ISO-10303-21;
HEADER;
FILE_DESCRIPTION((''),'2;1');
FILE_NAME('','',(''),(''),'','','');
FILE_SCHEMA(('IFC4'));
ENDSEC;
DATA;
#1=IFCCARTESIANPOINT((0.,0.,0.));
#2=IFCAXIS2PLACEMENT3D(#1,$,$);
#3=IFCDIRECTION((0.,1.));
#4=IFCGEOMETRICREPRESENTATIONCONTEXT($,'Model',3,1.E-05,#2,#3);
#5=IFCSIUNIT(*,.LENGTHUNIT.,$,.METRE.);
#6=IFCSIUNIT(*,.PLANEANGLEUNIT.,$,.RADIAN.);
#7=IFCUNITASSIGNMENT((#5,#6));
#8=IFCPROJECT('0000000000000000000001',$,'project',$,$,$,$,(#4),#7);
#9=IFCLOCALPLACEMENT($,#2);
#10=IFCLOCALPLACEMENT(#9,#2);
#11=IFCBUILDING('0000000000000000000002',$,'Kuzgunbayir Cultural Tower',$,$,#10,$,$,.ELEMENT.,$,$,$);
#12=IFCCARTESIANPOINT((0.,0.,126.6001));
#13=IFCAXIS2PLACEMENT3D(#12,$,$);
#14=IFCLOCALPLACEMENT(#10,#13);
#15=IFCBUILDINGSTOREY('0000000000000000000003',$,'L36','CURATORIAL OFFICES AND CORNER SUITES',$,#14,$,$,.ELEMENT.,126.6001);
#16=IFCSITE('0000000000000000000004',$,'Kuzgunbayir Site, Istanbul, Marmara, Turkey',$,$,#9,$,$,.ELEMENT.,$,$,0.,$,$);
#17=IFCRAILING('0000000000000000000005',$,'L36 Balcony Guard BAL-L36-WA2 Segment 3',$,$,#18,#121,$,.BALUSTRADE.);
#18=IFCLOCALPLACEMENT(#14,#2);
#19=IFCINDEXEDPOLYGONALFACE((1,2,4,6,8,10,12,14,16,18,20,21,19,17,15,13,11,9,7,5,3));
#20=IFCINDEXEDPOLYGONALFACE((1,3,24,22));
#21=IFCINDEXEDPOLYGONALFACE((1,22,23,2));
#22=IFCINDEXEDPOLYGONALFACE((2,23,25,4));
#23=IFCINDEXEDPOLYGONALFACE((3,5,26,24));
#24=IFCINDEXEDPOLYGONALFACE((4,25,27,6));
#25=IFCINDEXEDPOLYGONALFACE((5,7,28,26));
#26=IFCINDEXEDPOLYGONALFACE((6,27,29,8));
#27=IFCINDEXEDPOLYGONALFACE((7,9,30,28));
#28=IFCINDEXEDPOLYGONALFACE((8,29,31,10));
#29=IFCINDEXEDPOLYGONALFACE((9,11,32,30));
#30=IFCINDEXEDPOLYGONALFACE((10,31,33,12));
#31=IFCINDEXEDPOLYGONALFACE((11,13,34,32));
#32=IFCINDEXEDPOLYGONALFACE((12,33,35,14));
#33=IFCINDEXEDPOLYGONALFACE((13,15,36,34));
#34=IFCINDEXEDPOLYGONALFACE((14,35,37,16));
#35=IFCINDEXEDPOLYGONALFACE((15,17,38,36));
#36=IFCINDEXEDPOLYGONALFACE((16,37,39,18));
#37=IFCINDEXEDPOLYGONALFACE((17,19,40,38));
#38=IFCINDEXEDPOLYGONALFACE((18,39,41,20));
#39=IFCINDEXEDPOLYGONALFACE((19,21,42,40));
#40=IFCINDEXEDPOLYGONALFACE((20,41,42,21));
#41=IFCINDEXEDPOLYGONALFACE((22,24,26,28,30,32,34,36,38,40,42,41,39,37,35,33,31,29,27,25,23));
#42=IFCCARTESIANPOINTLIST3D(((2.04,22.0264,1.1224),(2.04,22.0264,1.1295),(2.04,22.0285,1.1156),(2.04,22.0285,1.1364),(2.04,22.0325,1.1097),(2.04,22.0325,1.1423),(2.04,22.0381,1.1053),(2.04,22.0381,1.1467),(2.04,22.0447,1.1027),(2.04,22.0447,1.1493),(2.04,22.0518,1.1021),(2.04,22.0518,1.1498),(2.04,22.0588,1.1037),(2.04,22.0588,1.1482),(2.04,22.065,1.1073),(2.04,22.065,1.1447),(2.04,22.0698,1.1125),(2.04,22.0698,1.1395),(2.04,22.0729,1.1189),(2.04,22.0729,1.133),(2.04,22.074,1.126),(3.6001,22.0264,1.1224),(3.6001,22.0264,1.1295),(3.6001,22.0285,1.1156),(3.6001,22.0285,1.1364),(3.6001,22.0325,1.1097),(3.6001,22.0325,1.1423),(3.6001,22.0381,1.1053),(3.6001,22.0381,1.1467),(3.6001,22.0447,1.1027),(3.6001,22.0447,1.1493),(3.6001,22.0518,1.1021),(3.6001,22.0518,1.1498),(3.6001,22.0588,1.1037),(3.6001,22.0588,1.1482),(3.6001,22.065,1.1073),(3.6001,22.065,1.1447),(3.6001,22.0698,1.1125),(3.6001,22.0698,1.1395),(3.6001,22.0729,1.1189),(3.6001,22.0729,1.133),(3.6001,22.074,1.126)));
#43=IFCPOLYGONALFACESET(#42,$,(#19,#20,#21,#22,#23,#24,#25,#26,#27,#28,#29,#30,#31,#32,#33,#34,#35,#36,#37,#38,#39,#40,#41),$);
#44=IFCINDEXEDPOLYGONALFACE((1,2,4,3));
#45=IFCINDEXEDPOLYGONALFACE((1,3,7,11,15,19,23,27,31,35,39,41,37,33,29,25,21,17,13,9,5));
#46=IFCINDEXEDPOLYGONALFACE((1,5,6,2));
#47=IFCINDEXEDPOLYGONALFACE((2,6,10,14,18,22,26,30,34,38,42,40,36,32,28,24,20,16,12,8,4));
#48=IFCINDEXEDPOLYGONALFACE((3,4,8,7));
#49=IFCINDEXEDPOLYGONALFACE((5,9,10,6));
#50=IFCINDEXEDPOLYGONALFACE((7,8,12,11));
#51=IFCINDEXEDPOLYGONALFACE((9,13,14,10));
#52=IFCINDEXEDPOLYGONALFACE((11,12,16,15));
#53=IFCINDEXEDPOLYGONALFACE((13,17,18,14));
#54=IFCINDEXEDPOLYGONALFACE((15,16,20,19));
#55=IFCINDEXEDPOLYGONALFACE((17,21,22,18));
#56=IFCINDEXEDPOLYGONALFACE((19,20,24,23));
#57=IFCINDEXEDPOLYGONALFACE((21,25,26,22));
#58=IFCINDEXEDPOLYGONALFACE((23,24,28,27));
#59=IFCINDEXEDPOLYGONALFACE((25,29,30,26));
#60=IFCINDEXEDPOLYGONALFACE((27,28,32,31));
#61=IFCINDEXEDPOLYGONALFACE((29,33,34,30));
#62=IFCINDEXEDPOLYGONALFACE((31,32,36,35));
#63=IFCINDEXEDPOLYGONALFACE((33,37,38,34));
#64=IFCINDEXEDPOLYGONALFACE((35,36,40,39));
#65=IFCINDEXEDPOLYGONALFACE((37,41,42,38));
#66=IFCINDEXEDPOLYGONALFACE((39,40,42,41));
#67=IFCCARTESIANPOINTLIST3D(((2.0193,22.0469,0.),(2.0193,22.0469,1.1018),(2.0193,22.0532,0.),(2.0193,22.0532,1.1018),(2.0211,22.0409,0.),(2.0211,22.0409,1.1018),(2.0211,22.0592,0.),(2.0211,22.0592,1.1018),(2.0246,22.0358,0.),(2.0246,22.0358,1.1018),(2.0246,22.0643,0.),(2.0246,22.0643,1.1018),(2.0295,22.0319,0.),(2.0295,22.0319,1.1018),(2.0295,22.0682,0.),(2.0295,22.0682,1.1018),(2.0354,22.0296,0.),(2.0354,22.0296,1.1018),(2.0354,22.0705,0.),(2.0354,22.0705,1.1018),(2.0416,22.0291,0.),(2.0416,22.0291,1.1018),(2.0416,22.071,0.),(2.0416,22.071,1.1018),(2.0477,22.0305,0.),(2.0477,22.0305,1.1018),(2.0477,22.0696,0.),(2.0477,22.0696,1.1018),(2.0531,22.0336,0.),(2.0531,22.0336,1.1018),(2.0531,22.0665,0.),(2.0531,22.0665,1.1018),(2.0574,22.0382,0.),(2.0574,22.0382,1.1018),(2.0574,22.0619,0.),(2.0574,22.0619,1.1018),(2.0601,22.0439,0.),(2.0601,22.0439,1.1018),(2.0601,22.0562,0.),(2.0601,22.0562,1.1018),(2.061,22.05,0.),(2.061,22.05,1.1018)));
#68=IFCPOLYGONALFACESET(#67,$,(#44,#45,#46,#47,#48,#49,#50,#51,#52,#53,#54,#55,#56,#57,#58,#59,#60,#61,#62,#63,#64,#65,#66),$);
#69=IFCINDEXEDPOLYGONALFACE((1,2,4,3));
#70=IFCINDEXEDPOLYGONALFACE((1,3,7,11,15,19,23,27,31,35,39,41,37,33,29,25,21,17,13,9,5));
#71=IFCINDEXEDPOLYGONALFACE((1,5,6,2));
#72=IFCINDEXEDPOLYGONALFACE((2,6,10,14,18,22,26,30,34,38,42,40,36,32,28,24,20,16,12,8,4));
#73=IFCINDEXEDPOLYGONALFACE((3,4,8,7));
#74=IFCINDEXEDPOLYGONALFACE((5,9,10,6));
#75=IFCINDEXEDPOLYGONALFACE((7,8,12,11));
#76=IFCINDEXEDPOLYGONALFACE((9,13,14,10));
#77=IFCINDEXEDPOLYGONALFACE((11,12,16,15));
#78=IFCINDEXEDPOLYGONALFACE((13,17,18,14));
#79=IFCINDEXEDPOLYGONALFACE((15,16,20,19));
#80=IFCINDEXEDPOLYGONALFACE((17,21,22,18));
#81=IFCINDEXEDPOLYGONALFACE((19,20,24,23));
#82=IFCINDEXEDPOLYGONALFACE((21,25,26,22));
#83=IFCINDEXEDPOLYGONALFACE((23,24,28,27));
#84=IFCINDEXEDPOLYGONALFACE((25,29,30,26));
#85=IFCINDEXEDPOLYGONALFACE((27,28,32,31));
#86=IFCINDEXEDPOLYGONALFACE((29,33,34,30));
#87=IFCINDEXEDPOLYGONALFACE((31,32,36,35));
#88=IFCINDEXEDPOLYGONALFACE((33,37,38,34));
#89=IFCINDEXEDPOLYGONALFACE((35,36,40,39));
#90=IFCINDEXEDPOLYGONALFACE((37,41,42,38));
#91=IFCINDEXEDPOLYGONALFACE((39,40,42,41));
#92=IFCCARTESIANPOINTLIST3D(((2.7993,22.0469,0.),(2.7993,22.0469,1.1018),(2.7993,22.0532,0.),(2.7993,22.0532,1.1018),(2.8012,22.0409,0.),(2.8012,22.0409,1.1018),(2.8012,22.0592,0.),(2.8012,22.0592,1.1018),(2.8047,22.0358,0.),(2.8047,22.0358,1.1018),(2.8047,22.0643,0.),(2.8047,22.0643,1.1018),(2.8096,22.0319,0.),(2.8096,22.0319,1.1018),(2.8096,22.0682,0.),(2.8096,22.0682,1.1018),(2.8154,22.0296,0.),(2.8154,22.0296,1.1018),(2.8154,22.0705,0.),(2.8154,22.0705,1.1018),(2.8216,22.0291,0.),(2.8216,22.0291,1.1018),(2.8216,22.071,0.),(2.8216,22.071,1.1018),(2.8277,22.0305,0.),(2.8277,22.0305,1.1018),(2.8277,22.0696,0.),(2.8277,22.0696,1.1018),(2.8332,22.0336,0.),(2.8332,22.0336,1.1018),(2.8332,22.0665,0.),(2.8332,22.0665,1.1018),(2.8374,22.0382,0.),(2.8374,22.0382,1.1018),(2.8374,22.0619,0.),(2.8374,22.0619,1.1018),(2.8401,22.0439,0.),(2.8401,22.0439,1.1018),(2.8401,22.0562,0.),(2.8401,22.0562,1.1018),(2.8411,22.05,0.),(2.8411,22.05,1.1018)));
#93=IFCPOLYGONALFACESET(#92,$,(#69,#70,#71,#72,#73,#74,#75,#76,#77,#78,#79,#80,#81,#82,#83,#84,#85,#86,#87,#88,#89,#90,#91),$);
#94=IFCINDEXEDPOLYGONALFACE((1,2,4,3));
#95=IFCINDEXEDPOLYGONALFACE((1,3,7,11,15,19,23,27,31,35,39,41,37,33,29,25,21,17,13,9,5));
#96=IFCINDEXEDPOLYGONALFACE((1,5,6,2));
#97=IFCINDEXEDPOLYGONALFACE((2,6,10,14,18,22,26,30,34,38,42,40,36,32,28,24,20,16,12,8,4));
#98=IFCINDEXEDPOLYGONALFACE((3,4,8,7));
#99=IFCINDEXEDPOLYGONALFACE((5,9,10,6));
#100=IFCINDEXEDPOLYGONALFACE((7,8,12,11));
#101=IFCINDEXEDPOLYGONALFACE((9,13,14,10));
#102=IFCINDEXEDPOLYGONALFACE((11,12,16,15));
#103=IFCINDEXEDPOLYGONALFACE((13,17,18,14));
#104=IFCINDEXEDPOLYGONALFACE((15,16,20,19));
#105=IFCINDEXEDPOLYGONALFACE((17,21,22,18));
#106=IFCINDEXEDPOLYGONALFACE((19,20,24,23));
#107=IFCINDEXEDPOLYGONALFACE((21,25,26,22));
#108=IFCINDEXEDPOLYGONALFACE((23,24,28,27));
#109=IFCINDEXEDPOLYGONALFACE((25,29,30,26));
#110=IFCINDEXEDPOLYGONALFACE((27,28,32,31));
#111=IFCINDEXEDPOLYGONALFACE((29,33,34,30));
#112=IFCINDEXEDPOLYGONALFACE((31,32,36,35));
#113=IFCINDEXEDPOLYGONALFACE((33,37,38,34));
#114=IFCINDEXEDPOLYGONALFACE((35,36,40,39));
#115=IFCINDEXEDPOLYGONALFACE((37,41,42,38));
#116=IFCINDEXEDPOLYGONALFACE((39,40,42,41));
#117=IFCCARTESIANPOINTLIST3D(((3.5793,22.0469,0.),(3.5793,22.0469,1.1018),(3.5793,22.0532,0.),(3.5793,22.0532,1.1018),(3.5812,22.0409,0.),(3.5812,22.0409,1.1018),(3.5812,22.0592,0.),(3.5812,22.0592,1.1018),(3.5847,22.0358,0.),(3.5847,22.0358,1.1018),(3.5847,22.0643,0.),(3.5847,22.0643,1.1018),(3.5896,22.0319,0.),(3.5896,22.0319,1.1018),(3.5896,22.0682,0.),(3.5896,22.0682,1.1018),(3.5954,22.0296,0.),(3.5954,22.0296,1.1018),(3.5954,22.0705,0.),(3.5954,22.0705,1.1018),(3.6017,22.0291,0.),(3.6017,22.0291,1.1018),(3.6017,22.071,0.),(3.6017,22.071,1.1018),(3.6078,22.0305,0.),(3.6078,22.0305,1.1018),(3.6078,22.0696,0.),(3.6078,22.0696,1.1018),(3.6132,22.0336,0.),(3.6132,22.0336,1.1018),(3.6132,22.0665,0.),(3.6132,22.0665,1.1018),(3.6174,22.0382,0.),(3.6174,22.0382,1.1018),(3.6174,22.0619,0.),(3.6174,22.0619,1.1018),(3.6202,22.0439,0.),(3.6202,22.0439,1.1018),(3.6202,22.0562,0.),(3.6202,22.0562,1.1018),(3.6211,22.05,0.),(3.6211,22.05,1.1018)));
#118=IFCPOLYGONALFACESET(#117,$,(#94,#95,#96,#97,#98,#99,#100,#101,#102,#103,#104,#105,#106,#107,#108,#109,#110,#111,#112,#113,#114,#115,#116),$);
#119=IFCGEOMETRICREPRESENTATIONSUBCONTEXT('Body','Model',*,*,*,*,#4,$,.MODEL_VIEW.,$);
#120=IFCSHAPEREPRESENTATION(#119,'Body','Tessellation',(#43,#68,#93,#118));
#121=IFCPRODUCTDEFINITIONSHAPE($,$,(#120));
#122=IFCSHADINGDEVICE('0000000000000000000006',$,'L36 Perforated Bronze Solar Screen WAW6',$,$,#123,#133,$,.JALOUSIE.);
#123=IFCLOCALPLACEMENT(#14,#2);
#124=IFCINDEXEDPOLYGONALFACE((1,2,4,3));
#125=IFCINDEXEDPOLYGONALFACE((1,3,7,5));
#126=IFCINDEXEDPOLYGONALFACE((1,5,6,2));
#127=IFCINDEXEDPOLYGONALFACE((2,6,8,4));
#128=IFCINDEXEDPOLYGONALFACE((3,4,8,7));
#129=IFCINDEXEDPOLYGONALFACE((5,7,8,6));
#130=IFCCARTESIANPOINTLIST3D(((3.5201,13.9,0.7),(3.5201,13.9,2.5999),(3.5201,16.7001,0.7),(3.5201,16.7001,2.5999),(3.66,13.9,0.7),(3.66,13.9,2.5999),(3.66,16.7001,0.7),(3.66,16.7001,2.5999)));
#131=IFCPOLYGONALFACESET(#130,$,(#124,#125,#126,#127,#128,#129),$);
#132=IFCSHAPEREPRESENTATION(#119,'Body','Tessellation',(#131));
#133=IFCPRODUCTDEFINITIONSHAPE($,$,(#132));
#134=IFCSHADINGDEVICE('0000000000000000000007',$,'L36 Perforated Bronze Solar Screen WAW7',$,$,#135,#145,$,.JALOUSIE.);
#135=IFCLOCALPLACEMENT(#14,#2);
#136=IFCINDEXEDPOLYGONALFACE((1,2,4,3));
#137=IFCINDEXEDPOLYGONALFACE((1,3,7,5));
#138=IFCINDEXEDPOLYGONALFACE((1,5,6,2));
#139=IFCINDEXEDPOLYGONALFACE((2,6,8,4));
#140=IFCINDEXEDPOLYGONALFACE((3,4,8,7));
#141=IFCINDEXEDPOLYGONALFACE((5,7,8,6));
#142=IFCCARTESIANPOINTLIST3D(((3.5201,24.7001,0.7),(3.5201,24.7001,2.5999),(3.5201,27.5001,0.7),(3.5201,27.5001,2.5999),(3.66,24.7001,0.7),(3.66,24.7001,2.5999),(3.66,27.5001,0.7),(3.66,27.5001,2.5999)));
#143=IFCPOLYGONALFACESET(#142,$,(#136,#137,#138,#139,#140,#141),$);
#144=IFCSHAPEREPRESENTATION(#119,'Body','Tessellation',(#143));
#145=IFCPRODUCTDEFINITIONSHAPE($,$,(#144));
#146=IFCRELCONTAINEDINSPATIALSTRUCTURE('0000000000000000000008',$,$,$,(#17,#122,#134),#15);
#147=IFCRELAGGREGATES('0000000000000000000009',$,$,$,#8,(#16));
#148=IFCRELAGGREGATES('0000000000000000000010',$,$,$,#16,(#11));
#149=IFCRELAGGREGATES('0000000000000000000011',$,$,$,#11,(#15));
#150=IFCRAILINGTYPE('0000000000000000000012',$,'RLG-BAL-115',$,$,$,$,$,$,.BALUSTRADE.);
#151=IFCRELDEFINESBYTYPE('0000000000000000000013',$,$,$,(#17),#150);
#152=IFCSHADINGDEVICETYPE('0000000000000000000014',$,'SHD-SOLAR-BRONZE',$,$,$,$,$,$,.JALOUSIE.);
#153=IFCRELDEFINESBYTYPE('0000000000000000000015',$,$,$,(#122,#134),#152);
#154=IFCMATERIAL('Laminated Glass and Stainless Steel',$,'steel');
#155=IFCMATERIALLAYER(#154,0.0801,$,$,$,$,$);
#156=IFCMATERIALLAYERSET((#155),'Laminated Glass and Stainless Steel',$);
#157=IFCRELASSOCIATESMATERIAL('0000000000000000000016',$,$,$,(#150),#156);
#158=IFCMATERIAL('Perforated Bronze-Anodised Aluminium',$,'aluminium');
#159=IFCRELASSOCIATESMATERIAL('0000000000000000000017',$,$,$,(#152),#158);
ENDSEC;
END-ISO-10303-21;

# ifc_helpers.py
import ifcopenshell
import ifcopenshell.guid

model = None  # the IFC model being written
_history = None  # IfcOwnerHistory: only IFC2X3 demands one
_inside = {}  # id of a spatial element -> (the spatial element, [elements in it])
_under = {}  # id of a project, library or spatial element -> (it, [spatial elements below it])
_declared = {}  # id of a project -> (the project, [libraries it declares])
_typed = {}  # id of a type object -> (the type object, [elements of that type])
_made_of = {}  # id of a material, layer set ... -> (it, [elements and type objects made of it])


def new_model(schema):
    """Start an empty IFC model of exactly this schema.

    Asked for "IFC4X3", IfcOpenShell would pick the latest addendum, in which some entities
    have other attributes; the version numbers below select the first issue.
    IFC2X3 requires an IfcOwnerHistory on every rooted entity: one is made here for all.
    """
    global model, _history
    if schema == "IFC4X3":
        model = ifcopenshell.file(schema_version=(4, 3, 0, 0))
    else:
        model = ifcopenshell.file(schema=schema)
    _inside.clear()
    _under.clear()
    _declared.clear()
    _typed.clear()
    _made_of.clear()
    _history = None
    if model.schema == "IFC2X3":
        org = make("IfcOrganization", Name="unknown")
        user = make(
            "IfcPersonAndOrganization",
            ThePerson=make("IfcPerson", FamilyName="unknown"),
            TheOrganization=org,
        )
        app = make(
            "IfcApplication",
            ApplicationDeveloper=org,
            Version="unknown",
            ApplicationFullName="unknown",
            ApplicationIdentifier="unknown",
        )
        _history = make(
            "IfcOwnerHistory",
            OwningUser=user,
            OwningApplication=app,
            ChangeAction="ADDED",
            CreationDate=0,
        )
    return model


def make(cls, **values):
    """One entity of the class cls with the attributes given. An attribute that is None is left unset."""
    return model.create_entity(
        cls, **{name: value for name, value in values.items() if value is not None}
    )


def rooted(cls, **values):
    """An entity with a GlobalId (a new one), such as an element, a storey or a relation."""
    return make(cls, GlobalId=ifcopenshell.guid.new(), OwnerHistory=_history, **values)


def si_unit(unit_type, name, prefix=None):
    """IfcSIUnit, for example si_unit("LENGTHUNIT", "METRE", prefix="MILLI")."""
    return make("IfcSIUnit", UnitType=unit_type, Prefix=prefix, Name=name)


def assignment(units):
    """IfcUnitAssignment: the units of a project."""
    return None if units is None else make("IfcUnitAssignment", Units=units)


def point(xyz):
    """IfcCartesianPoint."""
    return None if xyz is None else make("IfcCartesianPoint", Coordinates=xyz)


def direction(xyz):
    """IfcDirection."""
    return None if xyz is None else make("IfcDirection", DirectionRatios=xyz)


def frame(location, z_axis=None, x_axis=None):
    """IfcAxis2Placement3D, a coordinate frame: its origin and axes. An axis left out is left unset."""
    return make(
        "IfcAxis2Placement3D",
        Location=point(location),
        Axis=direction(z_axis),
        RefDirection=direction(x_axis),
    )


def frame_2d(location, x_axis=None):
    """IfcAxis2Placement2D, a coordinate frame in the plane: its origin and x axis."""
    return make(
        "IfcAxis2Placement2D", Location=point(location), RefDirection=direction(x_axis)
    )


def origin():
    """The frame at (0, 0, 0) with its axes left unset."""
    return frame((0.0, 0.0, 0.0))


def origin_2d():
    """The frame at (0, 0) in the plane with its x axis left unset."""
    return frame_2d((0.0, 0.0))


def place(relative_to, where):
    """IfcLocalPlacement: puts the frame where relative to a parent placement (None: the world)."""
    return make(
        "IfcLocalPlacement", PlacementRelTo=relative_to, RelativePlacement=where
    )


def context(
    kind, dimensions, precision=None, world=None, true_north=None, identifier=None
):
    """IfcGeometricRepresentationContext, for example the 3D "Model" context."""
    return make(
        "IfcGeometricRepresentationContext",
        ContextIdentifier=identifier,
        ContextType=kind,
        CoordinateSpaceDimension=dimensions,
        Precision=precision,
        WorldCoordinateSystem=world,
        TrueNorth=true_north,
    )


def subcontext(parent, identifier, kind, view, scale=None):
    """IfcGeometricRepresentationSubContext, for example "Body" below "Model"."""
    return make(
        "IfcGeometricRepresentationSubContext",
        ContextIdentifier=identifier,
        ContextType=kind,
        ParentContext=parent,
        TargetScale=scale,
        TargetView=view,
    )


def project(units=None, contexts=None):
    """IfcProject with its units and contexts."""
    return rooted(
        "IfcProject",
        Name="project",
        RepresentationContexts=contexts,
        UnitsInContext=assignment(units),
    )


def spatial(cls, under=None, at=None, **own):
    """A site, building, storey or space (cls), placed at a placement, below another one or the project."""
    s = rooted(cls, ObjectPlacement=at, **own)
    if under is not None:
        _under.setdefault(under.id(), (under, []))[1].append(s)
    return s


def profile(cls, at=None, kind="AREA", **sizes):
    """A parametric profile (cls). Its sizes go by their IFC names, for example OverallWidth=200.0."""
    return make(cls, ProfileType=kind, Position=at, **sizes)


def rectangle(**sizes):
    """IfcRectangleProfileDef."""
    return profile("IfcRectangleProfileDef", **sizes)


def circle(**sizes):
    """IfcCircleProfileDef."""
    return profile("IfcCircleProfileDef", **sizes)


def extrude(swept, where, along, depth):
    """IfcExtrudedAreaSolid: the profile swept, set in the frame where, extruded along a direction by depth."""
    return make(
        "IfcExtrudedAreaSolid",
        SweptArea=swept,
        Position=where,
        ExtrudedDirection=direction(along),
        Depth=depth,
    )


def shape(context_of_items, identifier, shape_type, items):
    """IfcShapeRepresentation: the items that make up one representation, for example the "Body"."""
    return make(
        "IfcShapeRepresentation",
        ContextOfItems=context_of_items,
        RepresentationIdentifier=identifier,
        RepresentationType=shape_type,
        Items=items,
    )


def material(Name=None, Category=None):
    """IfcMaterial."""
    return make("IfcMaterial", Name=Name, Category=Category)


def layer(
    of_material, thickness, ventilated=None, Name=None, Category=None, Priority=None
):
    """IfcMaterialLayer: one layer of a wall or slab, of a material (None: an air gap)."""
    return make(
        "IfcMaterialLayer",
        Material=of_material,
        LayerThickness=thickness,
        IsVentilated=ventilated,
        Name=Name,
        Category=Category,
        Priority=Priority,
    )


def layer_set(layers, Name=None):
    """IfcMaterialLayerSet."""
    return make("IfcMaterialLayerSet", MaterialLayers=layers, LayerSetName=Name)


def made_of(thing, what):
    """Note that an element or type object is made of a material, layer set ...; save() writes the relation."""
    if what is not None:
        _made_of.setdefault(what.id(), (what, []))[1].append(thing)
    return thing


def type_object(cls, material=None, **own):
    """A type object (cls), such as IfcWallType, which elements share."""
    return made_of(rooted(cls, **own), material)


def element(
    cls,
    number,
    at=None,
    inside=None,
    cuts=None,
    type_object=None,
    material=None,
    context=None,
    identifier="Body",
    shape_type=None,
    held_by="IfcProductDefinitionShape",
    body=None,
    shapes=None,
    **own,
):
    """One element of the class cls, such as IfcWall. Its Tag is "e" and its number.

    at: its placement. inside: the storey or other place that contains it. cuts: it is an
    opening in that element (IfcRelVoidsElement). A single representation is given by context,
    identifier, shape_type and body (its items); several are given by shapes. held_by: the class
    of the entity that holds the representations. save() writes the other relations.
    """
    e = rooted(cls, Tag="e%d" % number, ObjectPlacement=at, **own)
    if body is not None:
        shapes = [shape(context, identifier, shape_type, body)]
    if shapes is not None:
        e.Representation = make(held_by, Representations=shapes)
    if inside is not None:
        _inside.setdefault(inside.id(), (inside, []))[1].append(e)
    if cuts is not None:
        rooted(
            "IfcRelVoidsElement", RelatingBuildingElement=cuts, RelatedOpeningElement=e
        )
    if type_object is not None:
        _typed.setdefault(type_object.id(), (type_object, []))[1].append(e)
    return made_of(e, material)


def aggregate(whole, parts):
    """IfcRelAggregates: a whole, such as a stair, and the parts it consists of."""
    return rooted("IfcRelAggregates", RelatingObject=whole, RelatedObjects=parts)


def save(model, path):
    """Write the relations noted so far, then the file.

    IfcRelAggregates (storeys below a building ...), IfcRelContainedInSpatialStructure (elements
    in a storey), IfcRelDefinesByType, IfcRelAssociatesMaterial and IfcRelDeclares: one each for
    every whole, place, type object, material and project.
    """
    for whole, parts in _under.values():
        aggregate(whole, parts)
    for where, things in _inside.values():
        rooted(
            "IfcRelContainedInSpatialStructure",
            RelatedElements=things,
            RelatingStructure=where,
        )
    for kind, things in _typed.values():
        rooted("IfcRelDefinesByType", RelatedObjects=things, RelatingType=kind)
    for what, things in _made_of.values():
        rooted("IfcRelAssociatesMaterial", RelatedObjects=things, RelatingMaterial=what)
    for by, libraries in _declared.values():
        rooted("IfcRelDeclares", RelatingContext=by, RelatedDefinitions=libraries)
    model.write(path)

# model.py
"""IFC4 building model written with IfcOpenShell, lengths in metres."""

from ifc_helpers import new_model, si_unit, direction, frame, origin, origin_2d, place, context, subcontext, project, spatial, rectangle, circle, extrude, material, layer, layer_set, type_object, element, save


model = new_model("IFC4")

# Units and contexts
model_context = context("Model", 3, precision=1e-05, world=origin(), true_north=direction((0.0, 1.0)))
body_context = subcontext(model_context, "Body", "Model", "MODEL_VIEW")
ifc_project = project(units=[si_unit("LENGTHUNIT", "METRE"), si_unit("PLANEANGLEUNIT", "RADIAN")], contexts=[model_context])

# Site, building, storey
site_placement = place(None, origin())
site = spatial("IfcSite", under=ifc_project, at=site_placement, Name="Kuzgunbayir Site, Istanbul, Marmara, Turkey", CompositionType="ELEMENT", RefElevation=0.0)
building_placement = place(site_placement, origin())
building = spatial("IfcBuilding", under=site, at=building_placement, Name="Kuzgunbayir Cultural Tower", CompositionType="ELEMENT")
storey_placement = place(building_placement, frame((0.0, 0.0, 126.6001)))
storey = spatial("IfcBuildingStorey", under=building, at=storey_placement, Name="L36", Description="CURATORIAL OFFICES AND CORNER SUITES", CompositionType="ELEMENT", Elevation=126.6001)

# Railing
ifc_material_1 = material(Name="Laminated Glass and Stainless Steel", Category="steel")
ifc_layer_1 = layer(ifc_material_1, 0.0801)
ifc_layer_set_1 = layer_set([ifc_layer_1], Name="Laminated Glass and Stainless Steel")
railing_type = type_object("IfcRailingType", Name="RLG-BAL-115", PredefinedType="BALUSTRADE", material=ifc_layer_set_1)
railing_1_placement = place(storey_placement, frame((2.04, 22.05, 0.0)))
element("IfcRailing", 1, at=railing_1_placement, inside=storey, type_object=railing_type, Name="L36 Balcony Guard BAL-L36-WA2 Segment 3", PredefinedType="BALUSTRADE", context=body_context, shape_type="SweptSolid", body=[
    extrude(circle(Radius=0.0239, at=origin_2d()), frame((0.0, 0.0, 1.126), z_axis=(1.0, 0.0, 0.0), x_axis=(0.0, 1.0, 0.0)), (0.0, 0.0, 1.0), 1.5601),
    extrude(circle(Radius=0.021, at=origin_2d()), origin(), (0.0, 0.0, 1.0), 1.1018),
    extrude(circle(Radius=0.021, at=origin_2d()), frame((0.78, 0.0, 0.0)), (0.0, 0.0, 1.0), 1.1018),
    extrude(circle(Radius=0.021, at=origin_2d()), frame((1.5601, 0.0, 0.0)), (0.0, 0.0, 1.0), 1.1018),
])

# Shading devices
ifc_material_2 = material(Name="Perforated Bronze-Anodised Aluminium", Category="aluminium")
shading_device_type = type_object("IfcShadingDeviceType", Name="SHD-SOLAR-BRONZE", PredefinedType="JALOUSIE", material=ifc_material_2)
for number, where, z_axis, x_axis, name in (
    (2, (3.5901, 15.3, 0.7), (0.0, 0.0, 1.0), (1.0, 0.0, 0.0), "L36 Perforated Bronze Solar Screen WAW6"),
    (3, (3.5901, 26.1001, 0.7), (0.0, 0.0, 1.0), (1.0, 0.0, 0.0), "L36 Perforated Bronze Solar Screen WAW7"),
):
    element("IfcShadingDevice", number, at=place(storey_placement, frame(where, z_axis=z_axis, x_axis=x_axis)), inside=storey, type_object=shading_device_type, Name=name, PredefinedType="JALOUSIE", context=body_context, shape_type="SweptSolid", body=[
        extrude(rectangle(XDim=0.1399, YDim=2.8, at=origin_2d()), origin(), (0.0, 0.0, 1.0), 1.8999),
    ])

save(model, "model.ifc")
